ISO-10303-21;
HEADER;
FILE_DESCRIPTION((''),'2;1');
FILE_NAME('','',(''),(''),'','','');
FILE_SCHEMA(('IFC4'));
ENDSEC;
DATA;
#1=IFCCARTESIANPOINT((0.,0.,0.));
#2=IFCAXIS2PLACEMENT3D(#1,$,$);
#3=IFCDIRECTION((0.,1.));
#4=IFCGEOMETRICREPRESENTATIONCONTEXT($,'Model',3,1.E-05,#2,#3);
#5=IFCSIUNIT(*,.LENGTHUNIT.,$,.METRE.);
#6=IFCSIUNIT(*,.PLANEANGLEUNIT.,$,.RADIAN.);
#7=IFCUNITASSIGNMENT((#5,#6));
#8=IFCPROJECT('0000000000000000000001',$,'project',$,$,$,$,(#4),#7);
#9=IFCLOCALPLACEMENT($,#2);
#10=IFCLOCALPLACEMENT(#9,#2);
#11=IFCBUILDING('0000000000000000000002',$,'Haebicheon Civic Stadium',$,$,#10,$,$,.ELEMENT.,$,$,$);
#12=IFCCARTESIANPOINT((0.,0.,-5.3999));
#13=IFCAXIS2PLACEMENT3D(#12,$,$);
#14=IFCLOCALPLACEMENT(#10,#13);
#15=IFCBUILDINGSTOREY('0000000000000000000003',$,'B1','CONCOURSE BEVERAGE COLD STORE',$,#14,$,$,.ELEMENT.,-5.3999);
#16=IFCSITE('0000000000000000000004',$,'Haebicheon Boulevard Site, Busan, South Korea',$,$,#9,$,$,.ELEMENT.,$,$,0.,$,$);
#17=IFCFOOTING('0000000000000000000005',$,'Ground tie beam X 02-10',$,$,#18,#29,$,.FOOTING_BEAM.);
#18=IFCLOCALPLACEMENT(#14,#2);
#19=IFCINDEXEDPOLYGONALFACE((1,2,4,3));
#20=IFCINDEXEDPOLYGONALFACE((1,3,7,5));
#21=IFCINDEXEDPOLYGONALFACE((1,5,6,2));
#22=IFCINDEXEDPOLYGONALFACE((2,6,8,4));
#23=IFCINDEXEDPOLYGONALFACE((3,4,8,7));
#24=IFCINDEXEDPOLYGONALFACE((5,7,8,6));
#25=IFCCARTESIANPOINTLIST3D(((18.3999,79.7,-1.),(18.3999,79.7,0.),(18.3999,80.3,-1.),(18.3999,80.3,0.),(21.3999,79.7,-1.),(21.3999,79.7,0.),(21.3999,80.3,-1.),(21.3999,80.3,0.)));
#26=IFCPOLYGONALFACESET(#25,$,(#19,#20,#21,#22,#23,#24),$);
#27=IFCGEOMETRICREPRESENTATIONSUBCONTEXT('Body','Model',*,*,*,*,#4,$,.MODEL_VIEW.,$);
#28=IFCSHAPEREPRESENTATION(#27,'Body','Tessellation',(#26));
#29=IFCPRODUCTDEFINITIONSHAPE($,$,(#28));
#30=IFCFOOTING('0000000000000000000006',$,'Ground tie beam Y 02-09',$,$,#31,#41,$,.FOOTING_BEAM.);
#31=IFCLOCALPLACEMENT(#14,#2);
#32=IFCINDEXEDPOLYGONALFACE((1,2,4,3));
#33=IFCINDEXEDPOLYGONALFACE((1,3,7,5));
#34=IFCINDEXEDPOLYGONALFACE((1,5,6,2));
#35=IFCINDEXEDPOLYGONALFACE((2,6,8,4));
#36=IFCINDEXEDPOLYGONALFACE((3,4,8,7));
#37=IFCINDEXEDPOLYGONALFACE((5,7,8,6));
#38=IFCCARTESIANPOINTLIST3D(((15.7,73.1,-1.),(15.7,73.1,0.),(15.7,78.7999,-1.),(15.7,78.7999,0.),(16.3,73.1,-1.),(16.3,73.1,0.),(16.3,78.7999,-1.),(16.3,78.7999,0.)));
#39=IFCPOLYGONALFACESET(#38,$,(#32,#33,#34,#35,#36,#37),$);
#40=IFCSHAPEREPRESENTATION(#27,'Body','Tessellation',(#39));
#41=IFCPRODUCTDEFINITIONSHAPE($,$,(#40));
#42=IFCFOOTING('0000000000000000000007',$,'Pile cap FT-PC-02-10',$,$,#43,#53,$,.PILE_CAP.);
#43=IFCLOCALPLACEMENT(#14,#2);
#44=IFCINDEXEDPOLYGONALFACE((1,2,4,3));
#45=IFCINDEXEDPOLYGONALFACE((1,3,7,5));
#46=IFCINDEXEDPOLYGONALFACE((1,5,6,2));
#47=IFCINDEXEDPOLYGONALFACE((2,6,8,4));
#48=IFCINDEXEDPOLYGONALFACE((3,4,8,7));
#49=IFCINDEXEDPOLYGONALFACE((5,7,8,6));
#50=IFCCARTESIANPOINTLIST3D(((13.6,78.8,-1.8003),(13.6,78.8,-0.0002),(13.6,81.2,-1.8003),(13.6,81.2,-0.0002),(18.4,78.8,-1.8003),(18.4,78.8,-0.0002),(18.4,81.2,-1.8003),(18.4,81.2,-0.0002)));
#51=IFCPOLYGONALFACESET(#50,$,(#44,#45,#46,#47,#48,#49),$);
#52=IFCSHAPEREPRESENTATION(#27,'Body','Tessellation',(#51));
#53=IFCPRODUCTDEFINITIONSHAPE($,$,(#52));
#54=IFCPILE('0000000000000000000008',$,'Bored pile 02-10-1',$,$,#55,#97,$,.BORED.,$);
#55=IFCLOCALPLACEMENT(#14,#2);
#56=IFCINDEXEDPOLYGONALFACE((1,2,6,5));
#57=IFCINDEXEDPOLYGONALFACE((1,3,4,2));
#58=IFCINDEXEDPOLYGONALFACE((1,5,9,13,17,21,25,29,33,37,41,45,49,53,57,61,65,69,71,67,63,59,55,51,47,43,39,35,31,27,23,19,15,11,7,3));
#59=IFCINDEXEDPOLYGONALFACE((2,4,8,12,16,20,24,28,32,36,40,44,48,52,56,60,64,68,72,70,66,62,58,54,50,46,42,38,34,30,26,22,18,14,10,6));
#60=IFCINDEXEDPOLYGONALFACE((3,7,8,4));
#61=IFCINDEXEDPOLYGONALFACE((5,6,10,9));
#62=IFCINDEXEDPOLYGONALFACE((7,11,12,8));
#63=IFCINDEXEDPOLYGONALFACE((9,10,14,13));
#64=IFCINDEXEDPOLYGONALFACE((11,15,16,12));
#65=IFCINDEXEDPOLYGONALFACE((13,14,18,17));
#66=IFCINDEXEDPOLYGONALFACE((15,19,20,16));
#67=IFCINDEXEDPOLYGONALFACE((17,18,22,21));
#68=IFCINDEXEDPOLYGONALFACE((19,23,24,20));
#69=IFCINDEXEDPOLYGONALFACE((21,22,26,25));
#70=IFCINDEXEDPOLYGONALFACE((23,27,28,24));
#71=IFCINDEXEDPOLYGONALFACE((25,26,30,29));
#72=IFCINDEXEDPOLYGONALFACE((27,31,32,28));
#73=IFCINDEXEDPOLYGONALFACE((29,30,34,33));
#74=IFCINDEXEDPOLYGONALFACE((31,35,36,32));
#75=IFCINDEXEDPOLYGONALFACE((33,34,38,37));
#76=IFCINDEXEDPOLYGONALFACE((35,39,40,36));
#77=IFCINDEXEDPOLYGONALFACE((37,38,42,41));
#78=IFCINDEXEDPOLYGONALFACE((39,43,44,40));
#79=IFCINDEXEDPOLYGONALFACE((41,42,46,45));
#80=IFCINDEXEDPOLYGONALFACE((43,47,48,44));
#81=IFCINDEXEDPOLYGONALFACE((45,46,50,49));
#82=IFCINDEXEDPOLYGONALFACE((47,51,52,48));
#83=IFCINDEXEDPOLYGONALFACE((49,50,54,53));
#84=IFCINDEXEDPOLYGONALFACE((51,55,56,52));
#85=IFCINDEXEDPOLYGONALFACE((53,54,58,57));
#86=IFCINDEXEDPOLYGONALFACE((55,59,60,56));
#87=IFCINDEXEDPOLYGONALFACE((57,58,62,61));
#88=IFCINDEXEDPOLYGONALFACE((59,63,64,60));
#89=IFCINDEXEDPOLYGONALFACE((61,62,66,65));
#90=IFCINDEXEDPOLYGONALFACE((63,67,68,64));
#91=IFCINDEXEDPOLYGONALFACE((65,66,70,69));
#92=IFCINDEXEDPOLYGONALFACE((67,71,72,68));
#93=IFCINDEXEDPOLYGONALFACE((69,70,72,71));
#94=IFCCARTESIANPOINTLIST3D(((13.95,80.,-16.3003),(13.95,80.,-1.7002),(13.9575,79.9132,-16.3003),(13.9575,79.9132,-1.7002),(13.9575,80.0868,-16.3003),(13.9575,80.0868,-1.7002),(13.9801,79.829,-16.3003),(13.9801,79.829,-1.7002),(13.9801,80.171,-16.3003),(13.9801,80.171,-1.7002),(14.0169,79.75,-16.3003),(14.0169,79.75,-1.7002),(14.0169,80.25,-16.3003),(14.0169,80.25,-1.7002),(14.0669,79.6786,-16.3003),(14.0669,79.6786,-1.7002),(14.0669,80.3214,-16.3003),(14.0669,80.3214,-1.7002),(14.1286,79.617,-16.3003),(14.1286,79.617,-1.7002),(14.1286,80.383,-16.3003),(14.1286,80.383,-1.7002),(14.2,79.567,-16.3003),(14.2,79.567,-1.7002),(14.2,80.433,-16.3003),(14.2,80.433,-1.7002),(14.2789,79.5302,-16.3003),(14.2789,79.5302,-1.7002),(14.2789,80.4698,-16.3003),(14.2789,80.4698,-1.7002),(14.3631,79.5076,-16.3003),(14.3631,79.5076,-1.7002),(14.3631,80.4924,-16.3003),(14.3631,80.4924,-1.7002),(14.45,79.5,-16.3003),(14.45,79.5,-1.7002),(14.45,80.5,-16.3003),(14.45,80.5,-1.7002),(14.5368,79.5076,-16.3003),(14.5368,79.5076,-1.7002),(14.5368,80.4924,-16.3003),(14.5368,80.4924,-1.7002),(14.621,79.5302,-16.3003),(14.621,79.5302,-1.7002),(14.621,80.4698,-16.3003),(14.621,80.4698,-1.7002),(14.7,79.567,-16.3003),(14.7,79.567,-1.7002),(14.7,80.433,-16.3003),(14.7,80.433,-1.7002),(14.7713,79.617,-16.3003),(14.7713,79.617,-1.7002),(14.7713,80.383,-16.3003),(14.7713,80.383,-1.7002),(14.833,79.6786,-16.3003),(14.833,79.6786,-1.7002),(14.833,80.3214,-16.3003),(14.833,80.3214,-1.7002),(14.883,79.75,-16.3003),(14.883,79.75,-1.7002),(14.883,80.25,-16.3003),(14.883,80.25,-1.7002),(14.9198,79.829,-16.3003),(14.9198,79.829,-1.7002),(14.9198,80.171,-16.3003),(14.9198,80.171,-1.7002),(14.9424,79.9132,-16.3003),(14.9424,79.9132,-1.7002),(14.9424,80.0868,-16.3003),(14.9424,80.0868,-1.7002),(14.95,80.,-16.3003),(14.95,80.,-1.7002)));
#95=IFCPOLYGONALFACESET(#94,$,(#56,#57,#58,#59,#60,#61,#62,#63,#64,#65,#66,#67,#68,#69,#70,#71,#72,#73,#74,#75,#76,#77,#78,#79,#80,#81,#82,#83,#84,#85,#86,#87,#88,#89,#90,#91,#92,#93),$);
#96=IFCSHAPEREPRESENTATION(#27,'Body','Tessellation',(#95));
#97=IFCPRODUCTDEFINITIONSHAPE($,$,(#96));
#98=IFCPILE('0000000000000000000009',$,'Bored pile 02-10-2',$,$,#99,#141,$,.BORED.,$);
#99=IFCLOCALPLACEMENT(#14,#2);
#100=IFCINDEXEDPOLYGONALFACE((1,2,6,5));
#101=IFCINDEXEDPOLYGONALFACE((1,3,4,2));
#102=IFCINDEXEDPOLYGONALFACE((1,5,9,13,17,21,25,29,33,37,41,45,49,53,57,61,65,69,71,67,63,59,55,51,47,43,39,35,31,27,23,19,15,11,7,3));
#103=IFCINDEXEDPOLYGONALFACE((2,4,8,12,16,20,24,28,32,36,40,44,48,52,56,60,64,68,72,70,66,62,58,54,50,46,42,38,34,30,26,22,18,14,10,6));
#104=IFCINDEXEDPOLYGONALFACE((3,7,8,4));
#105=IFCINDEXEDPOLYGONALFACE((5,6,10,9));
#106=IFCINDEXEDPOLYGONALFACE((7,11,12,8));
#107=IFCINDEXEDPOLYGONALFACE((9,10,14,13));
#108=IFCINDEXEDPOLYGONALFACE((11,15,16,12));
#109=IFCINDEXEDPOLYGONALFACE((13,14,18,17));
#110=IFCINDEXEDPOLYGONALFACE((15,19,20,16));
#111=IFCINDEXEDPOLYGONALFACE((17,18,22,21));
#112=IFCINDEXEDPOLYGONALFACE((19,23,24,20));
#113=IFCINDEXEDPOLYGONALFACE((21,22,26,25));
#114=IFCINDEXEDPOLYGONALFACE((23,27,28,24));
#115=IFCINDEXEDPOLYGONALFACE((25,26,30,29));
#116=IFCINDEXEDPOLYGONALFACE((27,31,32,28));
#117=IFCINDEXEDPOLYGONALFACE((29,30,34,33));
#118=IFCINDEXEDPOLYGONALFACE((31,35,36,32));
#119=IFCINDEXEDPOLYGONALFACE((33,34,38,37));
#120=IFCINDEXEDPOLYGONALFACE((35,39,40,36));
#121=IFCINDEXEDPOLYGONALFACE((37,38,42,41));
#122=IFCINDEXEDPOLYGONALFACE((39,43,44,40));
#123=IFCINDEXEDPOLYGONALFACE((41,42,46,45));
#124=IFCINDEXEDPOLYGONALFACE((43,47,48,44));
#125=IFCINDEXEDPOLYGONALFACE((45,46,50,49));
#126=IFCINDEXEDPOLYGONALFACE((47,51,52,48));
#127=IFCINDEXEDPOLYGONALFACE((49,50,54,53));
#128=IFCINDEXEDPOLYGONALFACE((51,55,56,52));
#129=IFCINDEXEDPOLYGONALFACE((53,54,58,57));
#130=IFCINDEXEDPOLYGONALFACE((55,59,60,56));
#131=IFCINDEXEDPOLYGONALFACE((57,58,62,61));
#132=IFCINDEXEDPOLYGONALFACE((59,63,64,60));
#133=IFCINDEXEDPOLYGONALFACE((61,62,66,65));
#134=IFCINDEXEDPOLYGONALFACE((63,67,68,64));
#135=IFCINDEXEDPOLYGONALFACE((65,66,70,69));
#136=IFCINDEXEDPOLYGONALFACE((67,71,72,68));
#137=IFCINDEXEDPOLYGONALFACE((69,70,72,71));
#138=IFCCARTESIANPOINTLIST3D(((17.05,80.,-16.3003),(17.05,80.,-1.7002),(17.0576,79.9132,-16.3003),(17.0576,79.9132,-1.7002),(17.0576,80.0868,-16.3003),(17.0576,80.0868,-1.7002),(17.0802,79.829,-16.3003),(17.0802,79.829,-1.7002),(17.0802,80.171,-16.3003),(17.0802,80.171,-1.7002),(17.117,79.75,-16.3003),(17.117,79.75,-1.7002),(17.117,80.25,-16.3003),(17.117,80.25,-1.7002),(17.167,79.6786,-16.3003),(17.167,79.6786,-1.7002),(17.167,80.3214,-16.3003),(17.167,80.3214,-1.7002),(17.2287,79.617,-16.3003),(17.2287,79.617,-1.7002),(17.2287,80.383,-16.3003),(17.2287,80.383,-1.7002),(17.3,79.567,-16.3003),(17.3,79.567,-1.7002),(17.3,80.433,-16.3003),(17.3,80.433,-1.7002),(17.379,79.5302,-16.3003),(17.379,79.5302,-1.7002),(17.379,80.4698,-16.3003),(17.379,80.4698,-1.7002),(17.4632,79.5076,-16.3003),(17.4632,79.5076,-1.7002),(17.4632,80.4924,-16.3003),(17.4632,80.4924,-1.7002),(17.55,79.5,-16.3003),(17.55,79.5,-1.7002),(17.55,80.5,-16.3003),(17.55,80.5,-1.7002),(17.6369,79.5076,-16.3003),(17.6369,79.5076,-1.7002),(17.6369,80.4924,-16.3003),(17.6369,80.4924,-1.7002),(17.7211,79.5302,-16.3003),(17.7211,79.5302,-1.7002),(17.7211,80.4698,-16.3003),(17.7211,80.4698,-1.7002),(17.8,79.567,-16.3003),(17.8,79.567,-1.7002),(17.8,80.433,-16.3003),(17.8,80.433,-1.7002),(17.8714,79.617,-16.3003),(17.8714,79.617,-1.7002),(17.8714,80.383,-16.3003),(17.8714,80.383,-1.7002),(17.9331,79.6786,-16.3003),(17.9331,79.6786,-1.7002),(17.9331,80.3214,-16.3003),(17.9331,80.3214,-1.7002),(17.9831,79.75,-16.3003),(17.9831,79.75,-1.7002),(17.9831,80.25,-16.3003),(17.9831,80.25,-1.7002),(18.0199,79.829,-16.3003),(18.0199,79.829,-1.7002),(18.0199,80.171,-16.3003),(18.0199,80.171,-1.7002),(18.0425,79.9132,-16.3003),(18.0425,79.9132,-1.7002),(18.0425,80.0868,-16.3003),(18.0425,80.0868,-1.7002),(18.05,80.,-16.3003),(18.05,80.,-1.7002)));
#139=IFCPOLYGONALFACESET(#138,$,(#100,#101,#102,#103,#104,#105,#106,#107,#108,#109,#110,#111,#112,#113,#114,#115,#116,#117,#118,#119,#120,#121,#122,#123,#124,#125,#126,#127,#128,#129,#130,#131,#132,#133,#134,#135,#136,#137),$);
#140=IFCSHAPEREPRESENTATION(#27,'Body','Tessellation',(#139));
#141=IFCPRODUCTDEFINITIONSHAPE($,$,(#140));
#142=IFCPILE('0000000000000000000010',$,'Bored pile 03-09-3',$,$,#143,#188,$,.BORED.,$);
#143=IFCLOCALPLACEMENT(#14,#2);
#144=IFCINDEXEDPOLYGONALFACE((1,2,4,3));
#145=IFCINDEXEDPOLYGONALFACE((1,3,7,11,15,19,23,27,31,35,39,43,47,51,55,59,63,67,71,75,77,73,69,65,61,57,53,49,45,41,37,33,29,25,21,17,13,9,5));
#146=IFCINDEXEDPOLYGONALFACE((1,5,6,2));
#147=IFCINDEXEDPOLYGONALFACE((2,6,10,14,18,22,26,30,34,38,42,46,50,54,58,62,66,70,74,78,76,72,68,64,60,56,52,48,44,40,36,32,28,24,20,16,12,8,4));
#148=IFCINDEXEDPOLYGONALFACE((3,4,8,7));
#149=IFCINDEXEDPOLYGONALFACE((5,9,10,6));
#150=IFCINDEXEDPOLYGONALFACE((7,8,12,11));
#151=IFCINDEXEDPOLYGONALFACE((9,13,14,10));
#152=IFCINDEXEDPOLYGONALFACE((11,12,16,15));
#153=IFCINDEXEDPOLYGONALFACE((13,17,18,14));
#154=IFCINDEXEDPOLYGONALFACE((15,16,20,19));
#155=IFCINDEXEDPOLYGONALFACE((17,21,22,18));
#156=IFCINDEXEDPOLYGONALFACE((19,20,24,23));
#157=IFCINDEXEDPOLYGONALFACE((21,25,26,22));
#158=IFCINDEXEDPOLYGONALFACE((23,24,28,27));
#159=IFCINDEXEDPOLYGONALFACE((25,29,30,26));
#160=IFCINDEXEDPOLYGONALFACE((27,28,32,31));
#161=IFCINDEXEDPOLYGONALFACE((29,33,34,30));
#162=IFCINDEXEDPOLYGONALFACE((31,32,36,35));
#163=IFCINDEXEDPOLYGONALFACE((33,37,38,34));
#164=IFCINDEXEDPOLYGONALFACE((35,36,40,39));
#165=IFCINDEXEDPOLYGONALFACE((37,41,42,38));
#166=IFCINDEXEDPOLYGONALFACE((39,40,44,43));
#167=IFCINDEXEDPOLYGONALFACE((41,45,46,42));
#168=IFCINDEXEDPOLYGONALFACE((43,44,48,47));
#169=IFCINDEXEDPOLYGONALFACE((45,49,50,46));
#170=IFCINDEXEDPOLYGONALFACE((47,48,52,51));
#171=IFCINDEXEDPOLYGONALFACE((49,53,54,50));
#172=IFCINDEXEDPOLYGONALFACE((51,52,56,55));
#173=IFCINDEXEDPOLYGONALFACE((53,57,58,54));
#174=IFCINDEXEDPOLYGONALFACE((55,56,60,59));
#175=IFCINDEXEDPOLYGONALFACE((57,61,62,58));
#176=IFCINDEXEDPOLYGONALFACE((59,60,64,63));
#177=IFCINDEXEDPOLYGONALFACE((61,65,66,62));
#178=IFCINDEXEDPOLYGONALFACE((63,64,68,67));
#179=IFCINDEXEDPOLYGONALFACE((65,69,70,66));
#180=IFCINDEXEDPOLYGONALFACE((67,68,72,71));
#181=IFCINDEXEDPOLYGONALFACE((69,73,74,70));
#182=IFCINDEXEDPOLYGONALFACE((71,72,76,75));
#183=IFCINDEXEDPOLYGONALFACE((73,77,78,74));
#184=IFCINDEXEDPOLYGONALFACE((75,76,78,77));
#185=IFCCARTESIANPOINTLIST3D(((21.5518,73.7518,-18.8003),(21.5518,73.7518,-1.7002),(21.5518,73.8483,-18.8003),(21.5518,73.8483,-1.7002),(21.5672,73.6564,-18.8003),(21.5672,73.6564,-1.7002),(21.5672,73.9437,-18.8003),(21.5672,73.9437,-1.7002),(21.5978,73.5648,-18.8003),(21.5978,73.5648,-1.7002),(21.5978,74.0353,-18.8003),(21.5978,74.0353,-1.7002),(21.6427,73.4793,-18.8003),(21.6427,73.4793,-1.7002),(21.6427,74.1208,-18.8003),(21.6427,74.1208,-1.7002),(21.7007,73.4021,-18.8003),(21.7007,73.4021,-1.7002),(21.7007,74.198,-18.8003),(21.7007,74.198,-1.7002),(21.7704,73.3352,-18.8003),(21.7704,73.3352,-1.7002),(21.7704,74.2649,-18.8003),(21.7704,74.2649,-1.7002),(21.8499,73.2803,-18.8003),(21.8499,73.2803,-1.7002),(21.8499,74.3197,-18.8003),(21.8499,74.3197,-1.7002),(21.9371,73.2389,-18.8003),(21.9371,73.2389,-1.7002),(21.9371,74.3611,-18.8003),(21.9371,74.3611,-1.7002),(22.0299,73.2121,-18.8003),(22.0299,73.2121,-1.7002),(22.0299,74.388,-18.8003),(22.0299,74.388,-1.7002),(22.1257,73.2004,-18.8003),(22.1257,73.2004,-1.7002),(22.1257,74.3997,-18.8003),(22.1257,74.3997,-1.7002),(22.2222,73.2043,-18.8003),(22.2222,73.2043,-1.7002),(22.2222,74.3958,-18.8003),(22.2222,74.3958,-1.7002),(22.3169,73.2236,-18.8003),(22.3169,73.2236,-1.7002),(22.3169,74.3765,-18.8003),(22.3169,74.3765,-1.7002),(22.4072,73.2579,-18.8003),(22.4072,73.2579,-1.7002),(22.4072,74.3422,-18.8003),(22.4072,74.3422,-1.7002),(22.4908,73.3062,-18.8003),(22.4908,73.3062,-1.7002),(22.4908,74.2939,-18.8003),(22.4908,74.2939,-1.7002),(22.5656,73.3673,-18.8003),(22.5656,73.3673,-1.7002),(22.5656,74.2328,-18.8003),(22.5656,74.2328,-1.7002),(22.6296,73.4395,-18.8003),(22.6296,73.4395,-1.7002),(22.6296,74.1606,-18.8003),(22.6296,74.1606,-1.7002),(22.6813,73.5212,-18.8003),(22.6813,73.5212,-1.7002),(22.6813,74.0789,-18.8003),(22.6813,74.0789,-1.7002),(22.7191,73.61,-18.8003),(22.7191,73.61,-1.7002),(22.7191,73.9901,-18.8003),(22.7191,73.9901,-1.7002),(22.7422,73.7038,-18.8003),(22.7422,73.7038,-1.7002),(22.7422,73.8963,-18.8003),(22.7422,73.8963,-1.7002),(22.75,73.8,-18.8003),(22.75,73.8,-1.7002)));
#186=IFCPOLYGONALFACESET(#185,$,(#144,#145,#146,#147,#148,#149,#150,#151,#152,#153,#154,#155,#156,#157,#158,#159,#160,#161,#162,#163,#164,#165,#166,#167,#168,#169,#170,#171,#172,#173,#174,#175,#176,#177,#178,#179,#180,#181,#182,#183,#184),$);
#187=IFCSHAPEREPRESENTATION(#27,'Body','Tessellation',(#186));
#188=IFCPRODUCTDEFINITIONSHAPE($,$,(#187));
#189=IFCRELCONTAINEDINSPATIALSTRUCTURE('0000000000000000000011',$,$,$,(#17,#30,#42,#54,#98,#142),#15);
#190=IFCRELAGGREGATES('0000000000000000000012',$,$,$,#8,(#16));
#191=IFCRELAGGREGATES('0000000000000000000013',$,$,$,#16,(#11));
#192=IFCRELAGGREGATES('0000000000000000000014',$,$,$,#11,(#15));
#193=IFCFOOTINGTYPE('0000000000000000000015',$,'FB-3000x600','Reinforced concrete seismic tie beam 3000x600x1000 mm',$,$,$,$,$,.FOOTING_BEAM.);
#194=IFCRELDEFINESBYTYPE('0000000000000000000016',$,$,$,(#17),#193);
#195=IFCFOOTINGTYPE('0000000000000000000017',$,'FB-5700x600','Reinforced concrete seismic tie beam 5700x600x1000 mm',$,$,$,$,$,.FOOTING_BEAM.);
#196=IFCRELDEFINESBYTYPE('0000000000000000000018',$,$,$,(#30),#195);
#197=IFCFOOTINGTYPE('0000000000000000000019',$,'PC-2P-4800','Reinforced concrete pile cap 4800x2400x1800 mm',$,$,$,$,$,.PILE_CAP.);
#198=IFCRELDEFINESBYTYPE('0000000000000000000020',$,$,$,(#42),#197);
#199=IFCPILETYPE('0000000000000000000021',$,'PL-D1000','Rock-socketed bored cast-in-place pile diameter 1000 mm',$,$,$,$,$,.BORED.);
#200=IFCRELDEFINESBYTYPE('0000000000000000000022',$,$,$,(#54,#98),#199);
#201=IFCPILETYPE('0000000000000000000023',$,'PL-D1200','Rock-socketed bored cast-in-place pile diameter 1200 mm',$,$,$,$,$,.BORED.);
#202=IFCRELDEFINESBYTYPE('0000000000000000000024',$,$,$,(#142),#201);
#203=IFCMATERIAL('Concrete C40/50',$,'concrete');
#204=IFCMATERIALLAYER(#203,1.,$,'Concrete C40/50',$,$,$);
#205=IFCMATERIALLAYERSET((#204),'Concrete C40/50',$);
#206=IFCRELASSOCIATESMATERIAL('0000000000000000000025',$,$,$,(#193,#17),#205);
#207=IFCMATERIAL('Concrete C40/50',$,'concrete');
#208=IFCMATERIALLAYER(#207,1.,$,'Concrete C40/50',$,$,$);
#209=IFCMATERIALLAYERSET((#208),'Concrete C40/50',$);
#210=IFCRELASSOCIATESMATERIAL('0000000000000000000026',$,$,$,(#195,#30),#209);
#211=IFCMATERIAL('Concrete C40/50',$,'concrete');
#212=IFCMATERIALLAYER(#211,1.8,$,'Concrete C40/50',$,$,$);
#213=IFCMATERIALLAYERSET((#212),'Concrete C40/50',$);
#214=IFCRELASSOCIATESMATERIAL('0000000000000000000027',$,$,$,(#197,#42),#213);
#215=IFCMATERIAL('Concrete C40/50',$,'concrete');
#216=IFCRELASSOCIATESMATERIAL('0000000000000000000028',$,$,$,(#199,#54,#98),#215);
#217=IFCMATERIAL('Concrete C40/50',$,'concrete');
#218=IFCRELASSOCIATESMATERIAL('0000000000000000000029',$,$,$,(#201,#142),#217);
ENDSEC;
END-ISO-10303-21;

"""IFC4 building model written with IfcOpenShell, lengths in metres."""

from ifc_helpers import new_model, si_unit, direction, frame, origin, origin_2d, place, context, subcontext, project, spatial, rectangle, circle, extrude, material, layer, layer_set, material_profile, profile_set, type_object, element, save


model = new_model("IFC4")

# Units and contexts
model_context = context("Model", 3, precision=1e-05, world=origin(), true_north=direction((0.0, 1.0)))
body_context = subcontext(model_context, "Body", "Model", "MODEL_VIEW")
ifc_project = project(units=[si_unit("LENGTHUNIT", "METRE"), si_unit("PLANEANGLEUNIT", "RADIAN")], contexts=[model_context])

# Site, building, storey
site_placement = place(None, origin())
site = spatial("IfcSite", under=ifc_project, at=site_placement, Name="Haebicheon Boulevard Site, Busan, South Korea", CompositionType="ELEMENT", RefElevation=0.0)
building_placement = place(site_placement, origin())
building = spatial("IfcBuilding", under=site, at=building_placement, Name="Haebicheon Civic Stadium", CompositionType="ELEMENT")
storey_placement = place(building_placement, frame((0.0, 0.0, -5.3999)))
storey = spatial("IfcBuildingStorey", under=building, at=storey_placement, Name="B1", Description="CONCOURSE BEVERAGE COLD STORE", CompositionType="ELEMENT", Elevation=-5.3999)

# Footings
ifc_material_1 = material(Name="Concrete C40/50", Category="concrete")
ifc_layer_1 = layer(ifc_material_1, 1.0, Name="Concrete C40/50")
ifc_layer_set_1 = layer_set([ifc_layer_1], Name="Concrete C40/50")
footing_type_1 = type_object("IfcFootingType", Name="FB-3000x600", Description="Reinforced concrete seismic tie beam 3000x600x1000 mm", PredefinedType="FOOTING_BEAM", material=ifc_layer_set_1)
footing_1_placement = place(storey_placement, frame((19.8999, 80.0, -1.0), z_axis=(0.0, 0.0, 1.0), x_axis=(1.0, 0.0, 0.0)))
element("IfcFooting", 1, at=footing_1_placement, inside=storey, type_object=footing_type_1, material=ifc_layer_set_1, Name="Ground tie beam X 02-10", PredefinedType="FOOTING_BEAM", context=body_context, shape_type="SweptSolid", body=[
    extrude(rectangle(XDim=3.0, YDim=0.6001, at=origin_2d()), origin(), (0.0, 0.0, 1.0), 1.0),
])
ifc_material_2 = material(Name="Concrete C40/50", Category="concrete")
ifc_layer_2 = layer(ifc_material_2, 1.0, Name="Concrete C40/50")
ifc_layer_set_2 = layer_set([ifc_layer_2], Name="Concrete C40/50")
footing_type_2 = type_object("IfcFootingType", Name="FB-5700x600", Description="Reinforced concrete seismic tie beam 5700x600x1000 mm", PredefinedType="FOOTING_BEAM", material=ifc_layer_set_2)
footing_2_placement = place(storey_placement, frame((16.0, 75.95, -1.0), z_axis=(0.0, 0.0, 1.0), x_axis=(0.0, 1.0, 0.0)))
element("IfcFooting", 2, at=footing_2_placement, inside=storey, type_object=footing_type_2, material=ifc_layer_set_2, Name="Ground tie beam Y 02-09", PredefinedType="FOOTING_BEAM", context=body_context, shape_type="SweptSolid", body=[
    extrude(rectangle(XDim=5.7, YDim=0.6001, at=origin_2d()), origin(), (0.0, 0.0, 1.0), 1.0),
])
ifc_material_3 = material(Name="Concrete C40/50", Category="concrete")
ifc_layer_3 = layer(ifc_material_3, 1.8, Name="Concrete C40/50")
ifc_layer_set_3 = layer_set([ifc_layer_3], Name="Concrete C40/50")
footing_type_3 = type_object("IfcFootingType", Name="PC-2P-4800", Description="Reinforced concrete pile cap 4800x2400x1800 mm", PredefinedType="PILE_CAP", material=ifc_layer_set_3)
footing_3_placement = place(storey_placement, frame((16.0, 80.0, -1.8003), z_axis=(0.0, 0.0, 1.0), x_axis=(1.0, 0.0, 0.0)))
element("IfcFooting", 3, at=footing_3_placement, inside=storey, type_object=footing_type_3, material=ifc_layer_set_3, Name="Pile cap FT-PC-02-10", PredefinedType="PILE_CAP", context=body_context, shape_type="SweptSolid", body=[
    extrude(rectangle(XDim=4.8, YDim=2.3999, at=origin_2d()), origin(), (0.0, 0.0, 1.0), 1.8),
])

# Piles
ifc_material_4 = material(Name="Concrete C40/50", Category="concrete")
ifc_material_profile_1 = material_profile(ifc_material_4, circle(Radius=0.5, at=origin_2d()), Name="PILE-D1000")
ifc_profile_set_1 = profile_set([ifc_material_profile_1], Name="Concrete C40/50")
pile_type_1 = type_object("IfcPileType", Name="PL-D1000", Description="Rock-socketed bored cast-in-place pile diameter 1000 mm", PredefinedType="BORED", material=ifc_profile_set_1)
for number, where, z_axis, x_axis, name in (
    (4, (14.45, 80.0, -1.7002), (0.0, 0.0, -1.0), (1.0, 0.0, 0.0), "Bored pile 02-10-1"),
    (5, (17.55, 80.0, -1.7002), (0.0, 0.0, -1.0), (1.0, 0.0, 0.0), "Bored pile 02-10-2"),
):
    element("IfcPile", number, at=place(storey_placement, frame(where, z_axis=z_axis, x_axis=x_axis)), inside=storey, type_object=pile_type_1, material=ifc_profile_set_1, Name=name, PredefinedType="BORED", context=body_context, shape_type="SweptSolid", body=[
        extrude(circle(Radius=0.5, at=origin_2d()), origin(), (0.0, 0.0, 1.0), 14.6001),
    ])
ifc_material_5 = material(Name="Concrete C40/50", Category="concrete")
ifc_material_profile_2 = material_profile(ifc_material_5, circle(Radius=0.6001, at=origin_2d()), Name="PILE-D1200")
ifc_profile_set_2 = profile_set([ifc_material_profile_2], Name="Concrete C40/50")
pile_type_2 = type_object("IfcPileType", Name="PL-D1200", Description="Rock-socketed bored cast-in-place pile diameter 1200 mm", PredefinedType="BORED", material=ifc_profile_set_2)
pile_placement = place(storey_placement, frame((22.1499, 73.8, -1.7002), z_axis=(0.0, 0.0, -1.0), x_axis=(1.0, 0.0, 0.0)))
element("IfcPile", 6, at=pile_placement, inside=storey, type_object=pile_type_2, material=ifc_profile_set_2, Name="Bored pile 03-09-3", PredefinedType="BORED", context=body_context, shape_type="SweptSolid", body=[
    extrude(circle(Radius=0.6001, at=origin_2d()), origin(), (0.0, 0.0, 1.0), 17.1001),
])

save(model, "model.ifc")
